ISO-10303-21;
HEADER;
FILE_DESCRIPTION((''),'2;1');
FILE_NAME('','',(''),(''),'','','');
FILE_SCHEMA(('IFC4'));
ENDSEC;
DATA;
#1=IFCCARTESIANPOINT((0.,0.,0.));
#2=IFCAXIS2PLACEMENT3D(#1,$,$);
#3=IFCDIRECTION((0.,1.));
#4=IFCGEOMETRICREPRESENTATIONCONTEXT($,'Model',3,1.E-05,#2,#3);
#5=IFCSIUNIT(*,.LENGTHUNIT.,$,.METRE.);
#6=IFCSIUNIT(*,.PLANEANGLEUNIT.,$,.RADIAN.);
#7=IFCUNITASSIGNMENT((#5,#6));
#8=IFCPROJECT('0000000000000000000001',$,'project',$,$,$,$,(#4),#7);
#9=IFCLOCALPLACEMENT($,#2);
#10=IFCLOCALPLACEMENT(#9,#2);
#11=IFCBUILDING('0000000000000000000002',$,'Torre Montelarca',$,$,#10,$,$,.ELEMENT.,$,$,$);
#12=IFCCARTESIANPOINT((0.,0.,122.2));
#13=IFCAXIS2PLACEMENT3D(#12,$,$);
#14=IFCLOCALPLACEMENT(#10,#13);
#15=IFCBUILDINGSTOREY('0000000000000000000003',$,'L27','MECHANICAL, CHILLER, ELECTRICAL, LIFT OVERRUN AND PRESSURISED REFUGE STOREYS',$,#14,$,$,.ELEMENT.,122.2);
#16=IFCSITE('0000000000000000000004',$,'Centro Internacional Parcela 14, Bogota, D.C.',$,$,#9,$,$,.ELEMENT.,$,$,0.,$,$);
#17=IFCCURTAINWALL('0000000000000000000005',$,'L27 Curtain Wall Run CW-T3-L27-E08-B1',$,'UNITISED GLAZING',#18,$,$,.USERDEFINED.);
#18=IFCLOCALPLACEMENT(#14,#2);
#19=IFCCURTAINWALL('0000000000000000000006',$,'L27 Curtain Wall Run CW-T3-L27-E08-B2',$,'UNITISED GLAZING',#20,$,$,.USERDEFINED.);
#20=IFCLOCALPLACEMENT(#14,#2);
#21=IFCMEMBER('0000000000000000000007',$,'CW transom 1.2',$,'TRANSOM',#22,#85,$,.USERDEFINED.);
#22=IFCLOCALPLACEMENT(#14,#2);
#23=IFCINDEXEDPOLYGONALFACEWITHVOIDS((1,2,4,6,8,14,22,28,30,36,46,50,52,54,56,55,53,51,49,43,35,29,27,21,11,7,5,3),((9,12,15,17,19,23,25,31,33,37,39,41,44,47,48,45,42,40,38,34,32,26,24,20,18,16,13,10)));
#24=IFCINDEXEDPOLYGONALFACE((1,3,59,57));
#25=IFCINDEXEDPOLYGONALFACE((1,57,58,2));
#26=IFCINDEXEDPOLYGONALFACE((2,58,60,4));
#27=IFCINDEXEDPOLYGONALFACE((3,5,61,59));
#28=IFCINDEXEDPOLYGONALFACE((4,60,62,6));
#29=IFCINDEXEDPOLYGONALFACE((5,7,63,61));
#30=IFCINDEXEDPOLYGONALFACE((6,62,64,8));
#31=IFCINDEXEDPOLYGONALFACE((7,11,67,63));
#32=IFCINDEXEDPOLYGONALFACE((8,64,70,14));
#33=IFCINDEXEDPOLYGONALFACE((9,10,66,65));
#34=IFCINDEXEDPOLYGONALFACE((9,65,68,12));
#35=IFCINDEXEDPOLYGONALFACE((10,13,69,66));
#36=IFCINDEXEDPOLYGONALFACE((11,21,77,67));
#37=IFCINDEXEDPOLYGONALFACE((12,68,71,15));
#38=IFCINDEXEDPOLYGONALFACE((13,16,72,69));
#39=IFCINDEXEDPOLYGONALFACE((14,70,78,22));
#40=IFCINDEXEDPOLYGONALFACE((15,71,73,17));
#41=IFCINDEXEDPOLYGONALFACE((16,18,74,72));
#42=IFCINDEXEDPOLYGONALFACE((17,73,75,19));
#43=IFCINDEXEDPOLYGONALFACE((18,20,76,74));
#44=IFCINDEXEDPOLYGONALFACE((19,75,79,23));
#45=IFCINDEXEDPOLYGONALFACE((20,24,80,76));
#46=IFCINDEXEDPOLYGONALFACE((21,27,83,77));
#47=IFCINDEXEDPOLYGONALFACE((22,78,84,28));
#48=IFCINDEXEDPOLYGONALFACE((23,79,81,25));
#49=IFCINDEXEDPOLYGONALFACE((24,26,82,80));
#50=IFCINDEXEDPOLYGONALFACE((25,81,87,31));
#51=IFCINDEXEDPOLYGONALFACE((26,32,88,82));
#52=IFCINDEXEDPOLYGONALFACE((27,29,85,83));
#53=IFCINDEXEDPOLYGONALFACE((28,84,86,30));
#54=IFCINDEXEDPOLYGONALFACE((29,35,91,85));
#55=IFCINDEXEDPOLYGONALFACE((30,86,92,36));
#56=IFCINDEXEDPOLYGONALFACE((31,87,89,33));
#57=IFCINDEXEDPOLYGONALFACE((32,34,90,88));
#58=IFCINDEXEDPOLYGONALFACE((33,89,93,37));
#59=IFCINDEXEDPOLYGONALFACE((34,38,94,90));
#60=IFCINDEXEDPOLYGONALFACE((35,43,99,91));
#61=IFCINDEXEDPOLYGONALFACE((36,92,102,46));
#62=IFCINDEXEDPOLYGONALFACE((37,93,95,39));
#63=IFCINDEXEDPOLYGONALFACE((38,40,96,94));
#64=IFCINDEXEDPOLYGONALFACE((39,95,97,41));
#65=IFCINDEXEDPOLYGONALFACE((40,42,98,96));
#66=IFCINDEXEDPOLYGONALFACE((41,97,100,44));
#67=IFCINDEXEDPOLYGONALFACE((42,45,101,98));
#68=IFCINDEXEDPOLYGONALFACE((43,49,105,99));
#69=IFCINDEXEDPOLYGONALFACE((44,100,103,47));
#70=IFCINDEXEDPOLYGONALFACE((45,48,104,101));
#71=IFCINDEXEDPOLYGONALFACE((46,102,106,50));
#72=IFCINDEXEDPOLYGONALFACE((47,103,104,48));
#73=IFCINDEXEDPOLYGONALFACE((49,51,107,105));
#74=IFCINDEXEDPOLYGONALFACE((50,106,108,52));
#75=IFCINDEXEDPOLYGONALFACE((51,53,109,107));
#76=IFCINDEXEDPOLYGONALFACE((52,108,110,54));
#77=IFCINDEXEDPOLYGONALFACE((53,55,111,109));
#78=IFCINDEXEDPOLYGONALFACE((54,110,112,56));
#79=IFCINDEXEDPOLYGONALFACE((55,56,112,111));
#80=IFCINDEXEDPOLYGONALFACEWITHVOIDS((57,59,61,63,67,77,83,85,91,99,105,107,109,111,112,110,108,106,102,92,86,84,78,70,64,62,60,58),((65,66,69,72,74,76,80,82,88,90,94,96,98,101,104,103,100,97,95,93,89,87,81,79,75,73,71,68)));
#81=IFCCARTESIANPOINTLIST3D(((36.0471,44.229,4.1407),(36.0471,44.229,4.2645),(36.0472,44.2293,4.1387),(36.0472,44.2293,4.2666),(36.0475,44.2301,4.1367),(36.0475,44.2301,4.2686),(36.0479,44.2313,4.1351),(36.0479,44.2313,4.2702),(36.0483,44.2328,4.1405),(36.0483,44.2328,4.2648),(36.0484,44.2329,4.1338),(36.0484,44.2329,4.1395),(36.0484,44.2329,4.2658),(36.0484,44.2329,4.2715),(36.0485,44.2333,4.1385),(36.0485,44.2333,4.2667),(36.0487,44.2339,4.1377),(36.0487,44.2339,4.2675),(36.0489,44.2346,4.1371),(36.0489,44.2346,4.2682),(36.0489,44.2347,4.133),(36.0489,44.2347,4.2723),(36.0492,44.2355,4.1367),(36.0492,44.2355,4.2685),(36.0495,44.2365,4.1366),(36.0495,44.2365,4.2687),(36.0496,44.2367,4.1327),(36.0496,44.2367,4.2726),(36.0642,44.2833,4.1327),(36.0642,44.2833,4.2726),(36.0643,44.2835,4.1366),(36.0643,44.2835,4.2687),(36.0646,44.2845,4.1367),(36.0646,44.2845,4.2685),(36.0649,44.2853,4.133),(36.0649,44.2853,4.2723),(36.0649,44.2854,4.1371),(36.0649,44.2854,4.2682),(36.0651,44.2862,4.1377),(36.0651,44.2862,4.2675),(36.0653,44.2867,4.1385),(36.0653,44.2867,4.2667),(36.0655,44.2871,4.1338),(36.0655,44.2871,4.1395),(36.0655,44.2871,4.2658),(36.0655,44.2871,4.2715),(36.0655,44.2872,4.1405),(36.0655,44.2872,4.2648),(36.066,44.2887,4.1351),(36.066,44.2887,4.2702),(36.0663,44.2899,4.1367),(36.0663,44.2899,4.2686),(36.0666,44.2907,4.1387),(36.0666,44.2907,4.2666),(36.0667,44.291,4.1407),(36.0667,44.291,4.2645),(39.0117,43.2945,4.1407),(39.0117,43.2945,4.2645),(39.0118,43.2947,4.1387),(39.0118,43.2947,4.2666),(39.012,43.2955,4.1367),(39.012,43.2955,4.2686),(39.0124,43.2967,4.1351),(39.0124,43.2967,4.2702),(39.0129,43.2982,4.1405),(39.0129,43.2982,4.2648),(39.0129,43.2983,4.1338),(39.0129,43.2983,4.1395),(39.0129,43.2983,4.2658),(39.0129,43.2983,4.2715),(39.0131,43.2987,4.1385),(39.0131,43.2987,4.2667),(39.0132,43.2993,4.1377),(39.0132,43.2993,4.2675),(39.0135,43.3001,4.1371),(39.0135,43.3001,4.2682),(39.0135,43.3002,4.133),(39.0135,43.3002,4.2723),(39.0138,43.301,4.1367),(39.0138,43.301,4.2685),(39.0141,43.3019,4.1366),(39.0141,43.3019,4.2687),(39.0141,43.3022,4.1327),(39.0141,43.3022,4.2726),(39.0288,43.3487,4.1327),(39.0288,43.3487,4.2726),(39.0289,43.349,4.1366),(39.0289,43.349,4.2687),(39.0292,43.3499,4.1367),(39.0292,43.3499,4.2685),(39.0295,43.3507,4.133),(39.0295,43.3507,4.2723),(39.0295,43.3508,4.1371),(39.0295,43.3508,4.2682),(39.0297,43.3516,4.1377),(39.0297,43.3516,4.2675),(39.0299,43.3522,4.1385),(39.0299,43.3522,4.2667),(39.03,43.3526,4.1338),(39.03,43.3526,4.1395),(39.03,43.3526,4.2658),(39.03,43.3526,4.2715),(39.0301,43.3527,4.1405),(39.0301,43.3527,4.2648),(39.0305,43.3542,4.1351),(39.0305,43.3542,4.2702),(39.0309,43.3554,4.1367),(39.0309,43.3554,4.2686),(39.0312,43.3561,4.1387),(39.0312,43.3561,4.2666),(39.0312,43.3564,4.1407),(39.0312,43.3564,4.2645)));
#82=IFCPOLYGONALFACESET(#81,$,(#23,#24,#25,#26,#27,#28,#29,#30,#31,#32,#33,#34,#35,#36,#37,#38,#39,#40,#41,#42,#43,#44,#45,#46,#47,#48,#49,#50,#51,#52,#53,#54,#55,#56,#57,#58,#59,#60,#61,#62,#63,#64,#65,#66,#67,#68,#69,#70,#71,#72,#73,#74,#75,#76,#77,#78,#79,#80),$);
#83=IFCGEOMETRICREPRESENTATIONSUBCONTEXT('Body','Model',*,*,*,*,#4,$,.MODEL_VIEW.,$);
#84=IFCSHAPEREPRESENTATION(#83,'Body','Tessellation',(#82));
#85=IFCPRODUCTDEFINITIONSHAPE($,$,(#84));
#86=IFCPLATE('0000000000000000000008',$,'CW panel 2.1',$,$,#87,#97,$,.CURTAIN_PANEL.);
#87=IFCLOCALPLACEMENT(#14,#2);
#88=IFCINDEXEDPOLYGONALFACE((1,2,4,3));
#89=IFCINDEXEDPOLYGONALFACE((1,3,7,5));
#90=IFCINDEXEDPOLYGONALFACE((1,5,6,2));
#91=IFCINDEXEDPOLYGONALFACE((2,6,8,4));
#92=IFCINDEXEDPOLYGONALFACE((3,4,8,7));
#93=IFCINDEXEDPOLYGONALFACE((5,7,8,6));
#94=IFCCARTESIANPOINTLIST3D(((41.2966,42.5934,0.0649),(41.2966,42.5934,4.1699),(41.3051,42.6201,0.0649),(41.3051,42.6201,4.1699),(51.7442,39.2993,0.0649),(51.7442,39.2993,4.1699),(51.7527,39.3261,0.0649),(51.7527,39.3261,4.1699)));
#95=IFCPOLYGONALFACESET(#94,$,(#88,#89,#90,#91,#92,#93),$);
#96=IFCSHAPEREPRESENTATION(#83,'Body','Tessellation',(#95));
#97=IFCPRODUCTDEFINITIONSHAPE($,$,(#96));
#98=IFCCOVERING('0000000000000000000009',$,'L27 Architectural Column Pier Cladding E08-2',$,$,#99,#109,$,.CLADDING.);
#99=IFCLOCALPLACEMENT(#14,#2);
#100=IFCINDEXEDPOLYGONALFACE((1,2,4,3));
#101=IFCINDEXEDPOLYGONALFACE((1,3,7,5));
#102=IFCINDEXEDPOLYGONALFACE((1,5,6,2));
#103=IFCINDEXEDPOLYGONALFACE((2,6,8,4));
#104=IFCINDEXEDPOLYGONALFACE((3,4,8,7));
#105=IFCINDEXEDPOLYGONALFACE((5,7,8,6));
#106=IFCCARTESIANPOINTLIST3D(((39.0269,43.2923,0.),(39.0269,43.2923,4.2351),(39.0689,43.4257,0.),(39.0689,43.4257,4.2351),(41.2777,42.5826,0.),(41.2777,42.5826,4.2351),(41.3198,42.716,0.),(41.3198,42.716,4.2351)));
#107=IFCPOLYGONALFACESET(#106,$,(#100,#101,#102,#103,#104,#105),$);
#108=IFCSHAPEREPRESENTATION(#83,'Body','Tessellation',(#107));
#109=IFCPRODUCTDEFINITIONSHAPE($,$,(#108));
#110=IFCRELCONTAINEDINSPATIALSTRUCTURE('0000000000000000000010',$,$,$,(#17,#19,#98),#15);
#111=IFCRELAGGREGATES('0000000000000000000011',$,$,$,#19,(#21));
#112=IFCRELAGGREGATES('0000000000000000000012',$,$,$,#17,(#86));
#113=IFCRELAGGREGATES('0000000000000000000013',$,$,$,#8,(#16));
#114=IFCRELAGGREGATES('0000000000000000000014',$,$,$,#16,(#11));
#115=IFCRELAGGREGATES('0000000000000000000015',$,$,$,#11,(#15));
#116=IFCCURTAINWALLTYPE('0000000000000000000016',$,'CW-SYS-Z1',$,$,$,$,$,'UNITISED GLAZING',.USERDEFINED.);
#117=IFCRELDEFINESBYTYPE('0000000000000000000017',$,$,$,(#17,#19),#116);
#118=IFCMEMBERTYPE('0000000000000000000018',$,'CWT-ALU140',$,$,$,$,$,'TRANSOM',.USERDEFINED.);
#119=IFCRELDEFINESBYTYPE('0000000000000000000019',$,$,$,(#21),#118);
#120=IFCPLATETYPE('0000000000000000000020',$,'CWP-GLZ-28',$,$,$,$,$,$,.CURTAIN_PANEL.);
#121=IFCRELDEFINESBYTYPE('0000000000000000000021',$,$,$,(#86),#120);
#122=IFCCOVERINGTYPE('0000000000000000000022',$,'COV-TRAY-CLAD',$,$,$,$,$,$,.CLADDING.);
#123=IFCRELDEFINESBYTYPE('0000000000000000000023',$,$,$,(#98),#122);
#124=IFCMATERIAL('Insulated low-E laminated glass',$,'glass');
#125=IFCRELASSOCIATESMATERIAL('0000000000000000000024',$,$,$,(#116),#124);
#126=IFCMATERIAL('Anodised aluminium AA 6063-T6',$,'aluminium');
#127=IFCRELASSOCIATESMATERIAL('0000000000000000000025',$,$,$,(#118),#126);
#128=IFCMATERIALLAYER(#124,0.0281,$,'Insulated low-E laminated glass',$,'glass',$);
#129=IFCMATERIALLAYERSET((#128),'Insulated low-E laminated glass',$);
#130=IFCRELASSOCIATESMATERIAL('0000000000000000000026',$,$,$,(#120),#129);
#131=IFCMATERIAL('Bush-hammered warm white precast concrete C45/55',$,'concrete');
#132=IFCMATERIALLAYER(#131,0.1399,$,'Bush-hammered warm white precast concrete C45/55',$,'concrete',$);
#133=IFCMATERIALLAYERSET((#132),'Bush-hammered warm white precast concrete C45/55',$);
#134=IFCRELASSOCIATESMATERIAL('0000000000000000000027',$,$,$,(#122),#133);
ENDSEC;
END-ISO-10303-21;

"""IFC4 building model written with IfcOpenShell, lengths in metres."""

from ifc_helpers import new_model, si_unit, direction, frame, origin, origin_2d, place, context, subcontext, project, spatial, rectangle, hollow_rectangle, extrude, source, transform, mapped, material, layer, layer_set, material_profile, profile_set, type_object, element, aggregate, save


model = new_model("IFC4")

# Units and contexts
model_context = context("Model", 3, precision=1e-05, world=origin(), true_north=direction((0.0, 1.0)))
body_context = subcontext(model_context, "Body", "Model", "MODEL_VIEW")
ifc_project = project(units=[si_unit("LENGTHUNIT", "METRE"), si_unit("PLANEANGLEUNIT", "RADIAN")], contexts=[model_context])

# Site, building, storey
site_placement = place(None, origin())
site = spatial("IfcSite", under=ifc_project, at=site_placement, Name="Centro Internacional Parcela 14, Bogota, D.C.", CompositionType="ELEMENT", RefElevation=0.0)
building_placement = place(site_placement, origin())
building = spatial("IfcBuilding", under=site, at=building_placement, Name="Torre Montelarca", CompositionType="ELEMENT")
storey_placement = place(building_placement, frame((0.0, 0.0, 122.2)))
storey = spatial("IfcBuildingStorey", under=building, at=storey_placement, Name="L27", Description="MECHANICAL, CHILLER, ELECTRICAL, LIFT OVERRUN AND PRESSURISED REFUGE STOREYS", CompositionType="ELEMENT", Elevation=122.2)

# Curtain walls, member
ifc_material_1 = material(Name="Insulated low-E laminated glass", Category="glass")
curtain_wall_type = type_object("IfcCurtainWallType", Name="CW-SYS-Z1", ElementType="UNITISED GLAZING", PredefinedType="USERDEFINED", material=ifc_material_1)
curtain_wall_1_placement = place(storey_placement, origin())
curtain_wall_1 = element("IfcCurtainWall", 1, at=curtain_wall_1_placement, inside=storey, type_object=curtain_wall_type, Name="L27 Curtain Wall Run CW-T3-L27-E08-B1", ObjectType="UNITISED GLAZING", PredefinedType="USERDEFINED")
ifc_material_2 = material(Name="Anodised aluminium AA 6063-T6", Category="aluminium")
ifc_material_profile_1 = material_profile(ifc_material_2, hollow_rectangle(XDim=0.0649, YDim=0.1399, WallThickness=0.0039, InnerFilletRadius=0.0039, OuterFilletRadius=0.0081, at=origin_2d()), Name="ALU65X140X4", Category="aluminium")
ifc_profile_set_1 = profile_set([ifc_material_profile_1], Name="Anodised aluminium AA 6063-T6")
member_type_1 = type_object("IfcMemberType", Name="CWT-ALU140", ElementType="TRANSOM", PredefinedType="USERDEFINED", material=ifc_profile_set_1)
curtain_wall_2_placement = place(storey_placement, origin())
curtain_wall_2 = element("IfcCurtainWall", 2, at=curtain_wall_2_placement, inside=storey, type_object=curtain_wall_type, Name="L27 Curtain Wall Run CW-T3-L27-E08-B2", ObjectType="UNITISED GLAZING", PredefinedType="USERDEFINED")
shared_shape_1 = source(origin(), body_context, "Body", "SweptSolid", [
    extrude(hollow_rectangle(XDim=0.0649, YDim=0.1399, WallThickness=0.0039, InnerFilletRadius=0.0039, OuterFilletRadius=0.0081, at=origin_2d()), origin(), (0.0, 0.0, 1.0), 3.1084),
])
member_1_placement = place(storey_placement, frame((39.0215, 43.3254, 4.2026), z_axis=(-0.953732, 0.300658, 0.0), x_axis=(-0.300658, -0.953732, 0.0)))
member_1 = element("IfcMember", 3, at=member_1_placement, type_object=member_type_1, Name="CW transom 1.2", ObjectType="TRANSOM", PredefinedType="USERDEFINED", context=body_context, shape_type="MappedRepresentation", body=[
    mapped(shared_shape_1, transform((0.0, 0.0, 0.0), scale=1.0)),
])
aggregate(curtain_wall_2, [member_1])

# Plate
ifc_layer_1 = layer(ifc_material_1, 0.0281, Name="Insulated low-E laminated glass", Category="glass")
ifc_layer_set_1 = layer_set([ifc_layer_1], Name="Insulated low-E laminated glass")
plate_type = type_object("IfcPlateType", Name="CWP-GLZ-28", PredefinedType="CURTAIN_PANEL", material=ifc_layer_set_1)
shared_shape_2 = source(origin(), body_context, "Body", "SweptSolid", [
    extrude(rectangle(XDim=10.9546, YDim=0.0281, at=origin_2d()), origin(), (0.0, 0.0, 1.0), 4.105),
])
plate_placement = place(storey_placement, frame((46.5247, 40.9597, 0.0649), z_axis=(0.0, 0.0, 1.0), x_axis=(-0.953718, 0.300703, 0.0)))
plate = element("IfcPlate", 4, at=plate_placement, type_object=plate_type, Name="CW panel 2.1", PredefinedType="CURTAIN_PANEL", context=body_context, shape_type="MappedRepresentation", body=[
    mapped(shared_shape_2, transform((0.0, 0.0, 0.0), scale=1.0)),
])
aggregate(curtain_wall_1, [plate])

# Covering
ifc_material_3 = material(Name="Bush-hammered warm white precast concrete C45/55", Category="concrete")
ifc_layer_2 = layer(ifc_material_3, 0.1399, Name="Bush-hammered warm white precast concrete C45/55", Category="concrete")
ifc_layer_set_2 = layer_set([ifc_layer_2], Name="Bush-hammered warm white precast concrete C45/55")
covering_type = type_object("IfcCoveringType", Name="COV-TRAY-CLAD", PredefinedType="CLADDING", material=ifc_layer_set_2)
shared_shape_3 = source(origin(), body_context, "Body", "SweptSolid", [
    extrude(rectangle(XDim=2.3601, YDim=0.1399, at=origin_2d()), origin(), (0.0, 0.0, 1.0), 4.2351),
])
covering_placement = place(storey_placement, frame((40.1733, 43.0042, 0.0), z_axis=(0.0, 0.0, 1.0), x_axis=(-0.953717, 0.300704, 0.0)))
element("IfcCovering", 5, at=covering_placement, inside=storey, type_object=covering_type, Name="L27 Architectural Column Pier Cladding E08-2", PredefinedType="CLADDING", context=body_context, shape_type="MappedRepresentation", body=[
    mapped(shared_shape_3, transform((0.0, 0.0, 0.0), scale=1.0)),
])

save(model, "model.ifc")
